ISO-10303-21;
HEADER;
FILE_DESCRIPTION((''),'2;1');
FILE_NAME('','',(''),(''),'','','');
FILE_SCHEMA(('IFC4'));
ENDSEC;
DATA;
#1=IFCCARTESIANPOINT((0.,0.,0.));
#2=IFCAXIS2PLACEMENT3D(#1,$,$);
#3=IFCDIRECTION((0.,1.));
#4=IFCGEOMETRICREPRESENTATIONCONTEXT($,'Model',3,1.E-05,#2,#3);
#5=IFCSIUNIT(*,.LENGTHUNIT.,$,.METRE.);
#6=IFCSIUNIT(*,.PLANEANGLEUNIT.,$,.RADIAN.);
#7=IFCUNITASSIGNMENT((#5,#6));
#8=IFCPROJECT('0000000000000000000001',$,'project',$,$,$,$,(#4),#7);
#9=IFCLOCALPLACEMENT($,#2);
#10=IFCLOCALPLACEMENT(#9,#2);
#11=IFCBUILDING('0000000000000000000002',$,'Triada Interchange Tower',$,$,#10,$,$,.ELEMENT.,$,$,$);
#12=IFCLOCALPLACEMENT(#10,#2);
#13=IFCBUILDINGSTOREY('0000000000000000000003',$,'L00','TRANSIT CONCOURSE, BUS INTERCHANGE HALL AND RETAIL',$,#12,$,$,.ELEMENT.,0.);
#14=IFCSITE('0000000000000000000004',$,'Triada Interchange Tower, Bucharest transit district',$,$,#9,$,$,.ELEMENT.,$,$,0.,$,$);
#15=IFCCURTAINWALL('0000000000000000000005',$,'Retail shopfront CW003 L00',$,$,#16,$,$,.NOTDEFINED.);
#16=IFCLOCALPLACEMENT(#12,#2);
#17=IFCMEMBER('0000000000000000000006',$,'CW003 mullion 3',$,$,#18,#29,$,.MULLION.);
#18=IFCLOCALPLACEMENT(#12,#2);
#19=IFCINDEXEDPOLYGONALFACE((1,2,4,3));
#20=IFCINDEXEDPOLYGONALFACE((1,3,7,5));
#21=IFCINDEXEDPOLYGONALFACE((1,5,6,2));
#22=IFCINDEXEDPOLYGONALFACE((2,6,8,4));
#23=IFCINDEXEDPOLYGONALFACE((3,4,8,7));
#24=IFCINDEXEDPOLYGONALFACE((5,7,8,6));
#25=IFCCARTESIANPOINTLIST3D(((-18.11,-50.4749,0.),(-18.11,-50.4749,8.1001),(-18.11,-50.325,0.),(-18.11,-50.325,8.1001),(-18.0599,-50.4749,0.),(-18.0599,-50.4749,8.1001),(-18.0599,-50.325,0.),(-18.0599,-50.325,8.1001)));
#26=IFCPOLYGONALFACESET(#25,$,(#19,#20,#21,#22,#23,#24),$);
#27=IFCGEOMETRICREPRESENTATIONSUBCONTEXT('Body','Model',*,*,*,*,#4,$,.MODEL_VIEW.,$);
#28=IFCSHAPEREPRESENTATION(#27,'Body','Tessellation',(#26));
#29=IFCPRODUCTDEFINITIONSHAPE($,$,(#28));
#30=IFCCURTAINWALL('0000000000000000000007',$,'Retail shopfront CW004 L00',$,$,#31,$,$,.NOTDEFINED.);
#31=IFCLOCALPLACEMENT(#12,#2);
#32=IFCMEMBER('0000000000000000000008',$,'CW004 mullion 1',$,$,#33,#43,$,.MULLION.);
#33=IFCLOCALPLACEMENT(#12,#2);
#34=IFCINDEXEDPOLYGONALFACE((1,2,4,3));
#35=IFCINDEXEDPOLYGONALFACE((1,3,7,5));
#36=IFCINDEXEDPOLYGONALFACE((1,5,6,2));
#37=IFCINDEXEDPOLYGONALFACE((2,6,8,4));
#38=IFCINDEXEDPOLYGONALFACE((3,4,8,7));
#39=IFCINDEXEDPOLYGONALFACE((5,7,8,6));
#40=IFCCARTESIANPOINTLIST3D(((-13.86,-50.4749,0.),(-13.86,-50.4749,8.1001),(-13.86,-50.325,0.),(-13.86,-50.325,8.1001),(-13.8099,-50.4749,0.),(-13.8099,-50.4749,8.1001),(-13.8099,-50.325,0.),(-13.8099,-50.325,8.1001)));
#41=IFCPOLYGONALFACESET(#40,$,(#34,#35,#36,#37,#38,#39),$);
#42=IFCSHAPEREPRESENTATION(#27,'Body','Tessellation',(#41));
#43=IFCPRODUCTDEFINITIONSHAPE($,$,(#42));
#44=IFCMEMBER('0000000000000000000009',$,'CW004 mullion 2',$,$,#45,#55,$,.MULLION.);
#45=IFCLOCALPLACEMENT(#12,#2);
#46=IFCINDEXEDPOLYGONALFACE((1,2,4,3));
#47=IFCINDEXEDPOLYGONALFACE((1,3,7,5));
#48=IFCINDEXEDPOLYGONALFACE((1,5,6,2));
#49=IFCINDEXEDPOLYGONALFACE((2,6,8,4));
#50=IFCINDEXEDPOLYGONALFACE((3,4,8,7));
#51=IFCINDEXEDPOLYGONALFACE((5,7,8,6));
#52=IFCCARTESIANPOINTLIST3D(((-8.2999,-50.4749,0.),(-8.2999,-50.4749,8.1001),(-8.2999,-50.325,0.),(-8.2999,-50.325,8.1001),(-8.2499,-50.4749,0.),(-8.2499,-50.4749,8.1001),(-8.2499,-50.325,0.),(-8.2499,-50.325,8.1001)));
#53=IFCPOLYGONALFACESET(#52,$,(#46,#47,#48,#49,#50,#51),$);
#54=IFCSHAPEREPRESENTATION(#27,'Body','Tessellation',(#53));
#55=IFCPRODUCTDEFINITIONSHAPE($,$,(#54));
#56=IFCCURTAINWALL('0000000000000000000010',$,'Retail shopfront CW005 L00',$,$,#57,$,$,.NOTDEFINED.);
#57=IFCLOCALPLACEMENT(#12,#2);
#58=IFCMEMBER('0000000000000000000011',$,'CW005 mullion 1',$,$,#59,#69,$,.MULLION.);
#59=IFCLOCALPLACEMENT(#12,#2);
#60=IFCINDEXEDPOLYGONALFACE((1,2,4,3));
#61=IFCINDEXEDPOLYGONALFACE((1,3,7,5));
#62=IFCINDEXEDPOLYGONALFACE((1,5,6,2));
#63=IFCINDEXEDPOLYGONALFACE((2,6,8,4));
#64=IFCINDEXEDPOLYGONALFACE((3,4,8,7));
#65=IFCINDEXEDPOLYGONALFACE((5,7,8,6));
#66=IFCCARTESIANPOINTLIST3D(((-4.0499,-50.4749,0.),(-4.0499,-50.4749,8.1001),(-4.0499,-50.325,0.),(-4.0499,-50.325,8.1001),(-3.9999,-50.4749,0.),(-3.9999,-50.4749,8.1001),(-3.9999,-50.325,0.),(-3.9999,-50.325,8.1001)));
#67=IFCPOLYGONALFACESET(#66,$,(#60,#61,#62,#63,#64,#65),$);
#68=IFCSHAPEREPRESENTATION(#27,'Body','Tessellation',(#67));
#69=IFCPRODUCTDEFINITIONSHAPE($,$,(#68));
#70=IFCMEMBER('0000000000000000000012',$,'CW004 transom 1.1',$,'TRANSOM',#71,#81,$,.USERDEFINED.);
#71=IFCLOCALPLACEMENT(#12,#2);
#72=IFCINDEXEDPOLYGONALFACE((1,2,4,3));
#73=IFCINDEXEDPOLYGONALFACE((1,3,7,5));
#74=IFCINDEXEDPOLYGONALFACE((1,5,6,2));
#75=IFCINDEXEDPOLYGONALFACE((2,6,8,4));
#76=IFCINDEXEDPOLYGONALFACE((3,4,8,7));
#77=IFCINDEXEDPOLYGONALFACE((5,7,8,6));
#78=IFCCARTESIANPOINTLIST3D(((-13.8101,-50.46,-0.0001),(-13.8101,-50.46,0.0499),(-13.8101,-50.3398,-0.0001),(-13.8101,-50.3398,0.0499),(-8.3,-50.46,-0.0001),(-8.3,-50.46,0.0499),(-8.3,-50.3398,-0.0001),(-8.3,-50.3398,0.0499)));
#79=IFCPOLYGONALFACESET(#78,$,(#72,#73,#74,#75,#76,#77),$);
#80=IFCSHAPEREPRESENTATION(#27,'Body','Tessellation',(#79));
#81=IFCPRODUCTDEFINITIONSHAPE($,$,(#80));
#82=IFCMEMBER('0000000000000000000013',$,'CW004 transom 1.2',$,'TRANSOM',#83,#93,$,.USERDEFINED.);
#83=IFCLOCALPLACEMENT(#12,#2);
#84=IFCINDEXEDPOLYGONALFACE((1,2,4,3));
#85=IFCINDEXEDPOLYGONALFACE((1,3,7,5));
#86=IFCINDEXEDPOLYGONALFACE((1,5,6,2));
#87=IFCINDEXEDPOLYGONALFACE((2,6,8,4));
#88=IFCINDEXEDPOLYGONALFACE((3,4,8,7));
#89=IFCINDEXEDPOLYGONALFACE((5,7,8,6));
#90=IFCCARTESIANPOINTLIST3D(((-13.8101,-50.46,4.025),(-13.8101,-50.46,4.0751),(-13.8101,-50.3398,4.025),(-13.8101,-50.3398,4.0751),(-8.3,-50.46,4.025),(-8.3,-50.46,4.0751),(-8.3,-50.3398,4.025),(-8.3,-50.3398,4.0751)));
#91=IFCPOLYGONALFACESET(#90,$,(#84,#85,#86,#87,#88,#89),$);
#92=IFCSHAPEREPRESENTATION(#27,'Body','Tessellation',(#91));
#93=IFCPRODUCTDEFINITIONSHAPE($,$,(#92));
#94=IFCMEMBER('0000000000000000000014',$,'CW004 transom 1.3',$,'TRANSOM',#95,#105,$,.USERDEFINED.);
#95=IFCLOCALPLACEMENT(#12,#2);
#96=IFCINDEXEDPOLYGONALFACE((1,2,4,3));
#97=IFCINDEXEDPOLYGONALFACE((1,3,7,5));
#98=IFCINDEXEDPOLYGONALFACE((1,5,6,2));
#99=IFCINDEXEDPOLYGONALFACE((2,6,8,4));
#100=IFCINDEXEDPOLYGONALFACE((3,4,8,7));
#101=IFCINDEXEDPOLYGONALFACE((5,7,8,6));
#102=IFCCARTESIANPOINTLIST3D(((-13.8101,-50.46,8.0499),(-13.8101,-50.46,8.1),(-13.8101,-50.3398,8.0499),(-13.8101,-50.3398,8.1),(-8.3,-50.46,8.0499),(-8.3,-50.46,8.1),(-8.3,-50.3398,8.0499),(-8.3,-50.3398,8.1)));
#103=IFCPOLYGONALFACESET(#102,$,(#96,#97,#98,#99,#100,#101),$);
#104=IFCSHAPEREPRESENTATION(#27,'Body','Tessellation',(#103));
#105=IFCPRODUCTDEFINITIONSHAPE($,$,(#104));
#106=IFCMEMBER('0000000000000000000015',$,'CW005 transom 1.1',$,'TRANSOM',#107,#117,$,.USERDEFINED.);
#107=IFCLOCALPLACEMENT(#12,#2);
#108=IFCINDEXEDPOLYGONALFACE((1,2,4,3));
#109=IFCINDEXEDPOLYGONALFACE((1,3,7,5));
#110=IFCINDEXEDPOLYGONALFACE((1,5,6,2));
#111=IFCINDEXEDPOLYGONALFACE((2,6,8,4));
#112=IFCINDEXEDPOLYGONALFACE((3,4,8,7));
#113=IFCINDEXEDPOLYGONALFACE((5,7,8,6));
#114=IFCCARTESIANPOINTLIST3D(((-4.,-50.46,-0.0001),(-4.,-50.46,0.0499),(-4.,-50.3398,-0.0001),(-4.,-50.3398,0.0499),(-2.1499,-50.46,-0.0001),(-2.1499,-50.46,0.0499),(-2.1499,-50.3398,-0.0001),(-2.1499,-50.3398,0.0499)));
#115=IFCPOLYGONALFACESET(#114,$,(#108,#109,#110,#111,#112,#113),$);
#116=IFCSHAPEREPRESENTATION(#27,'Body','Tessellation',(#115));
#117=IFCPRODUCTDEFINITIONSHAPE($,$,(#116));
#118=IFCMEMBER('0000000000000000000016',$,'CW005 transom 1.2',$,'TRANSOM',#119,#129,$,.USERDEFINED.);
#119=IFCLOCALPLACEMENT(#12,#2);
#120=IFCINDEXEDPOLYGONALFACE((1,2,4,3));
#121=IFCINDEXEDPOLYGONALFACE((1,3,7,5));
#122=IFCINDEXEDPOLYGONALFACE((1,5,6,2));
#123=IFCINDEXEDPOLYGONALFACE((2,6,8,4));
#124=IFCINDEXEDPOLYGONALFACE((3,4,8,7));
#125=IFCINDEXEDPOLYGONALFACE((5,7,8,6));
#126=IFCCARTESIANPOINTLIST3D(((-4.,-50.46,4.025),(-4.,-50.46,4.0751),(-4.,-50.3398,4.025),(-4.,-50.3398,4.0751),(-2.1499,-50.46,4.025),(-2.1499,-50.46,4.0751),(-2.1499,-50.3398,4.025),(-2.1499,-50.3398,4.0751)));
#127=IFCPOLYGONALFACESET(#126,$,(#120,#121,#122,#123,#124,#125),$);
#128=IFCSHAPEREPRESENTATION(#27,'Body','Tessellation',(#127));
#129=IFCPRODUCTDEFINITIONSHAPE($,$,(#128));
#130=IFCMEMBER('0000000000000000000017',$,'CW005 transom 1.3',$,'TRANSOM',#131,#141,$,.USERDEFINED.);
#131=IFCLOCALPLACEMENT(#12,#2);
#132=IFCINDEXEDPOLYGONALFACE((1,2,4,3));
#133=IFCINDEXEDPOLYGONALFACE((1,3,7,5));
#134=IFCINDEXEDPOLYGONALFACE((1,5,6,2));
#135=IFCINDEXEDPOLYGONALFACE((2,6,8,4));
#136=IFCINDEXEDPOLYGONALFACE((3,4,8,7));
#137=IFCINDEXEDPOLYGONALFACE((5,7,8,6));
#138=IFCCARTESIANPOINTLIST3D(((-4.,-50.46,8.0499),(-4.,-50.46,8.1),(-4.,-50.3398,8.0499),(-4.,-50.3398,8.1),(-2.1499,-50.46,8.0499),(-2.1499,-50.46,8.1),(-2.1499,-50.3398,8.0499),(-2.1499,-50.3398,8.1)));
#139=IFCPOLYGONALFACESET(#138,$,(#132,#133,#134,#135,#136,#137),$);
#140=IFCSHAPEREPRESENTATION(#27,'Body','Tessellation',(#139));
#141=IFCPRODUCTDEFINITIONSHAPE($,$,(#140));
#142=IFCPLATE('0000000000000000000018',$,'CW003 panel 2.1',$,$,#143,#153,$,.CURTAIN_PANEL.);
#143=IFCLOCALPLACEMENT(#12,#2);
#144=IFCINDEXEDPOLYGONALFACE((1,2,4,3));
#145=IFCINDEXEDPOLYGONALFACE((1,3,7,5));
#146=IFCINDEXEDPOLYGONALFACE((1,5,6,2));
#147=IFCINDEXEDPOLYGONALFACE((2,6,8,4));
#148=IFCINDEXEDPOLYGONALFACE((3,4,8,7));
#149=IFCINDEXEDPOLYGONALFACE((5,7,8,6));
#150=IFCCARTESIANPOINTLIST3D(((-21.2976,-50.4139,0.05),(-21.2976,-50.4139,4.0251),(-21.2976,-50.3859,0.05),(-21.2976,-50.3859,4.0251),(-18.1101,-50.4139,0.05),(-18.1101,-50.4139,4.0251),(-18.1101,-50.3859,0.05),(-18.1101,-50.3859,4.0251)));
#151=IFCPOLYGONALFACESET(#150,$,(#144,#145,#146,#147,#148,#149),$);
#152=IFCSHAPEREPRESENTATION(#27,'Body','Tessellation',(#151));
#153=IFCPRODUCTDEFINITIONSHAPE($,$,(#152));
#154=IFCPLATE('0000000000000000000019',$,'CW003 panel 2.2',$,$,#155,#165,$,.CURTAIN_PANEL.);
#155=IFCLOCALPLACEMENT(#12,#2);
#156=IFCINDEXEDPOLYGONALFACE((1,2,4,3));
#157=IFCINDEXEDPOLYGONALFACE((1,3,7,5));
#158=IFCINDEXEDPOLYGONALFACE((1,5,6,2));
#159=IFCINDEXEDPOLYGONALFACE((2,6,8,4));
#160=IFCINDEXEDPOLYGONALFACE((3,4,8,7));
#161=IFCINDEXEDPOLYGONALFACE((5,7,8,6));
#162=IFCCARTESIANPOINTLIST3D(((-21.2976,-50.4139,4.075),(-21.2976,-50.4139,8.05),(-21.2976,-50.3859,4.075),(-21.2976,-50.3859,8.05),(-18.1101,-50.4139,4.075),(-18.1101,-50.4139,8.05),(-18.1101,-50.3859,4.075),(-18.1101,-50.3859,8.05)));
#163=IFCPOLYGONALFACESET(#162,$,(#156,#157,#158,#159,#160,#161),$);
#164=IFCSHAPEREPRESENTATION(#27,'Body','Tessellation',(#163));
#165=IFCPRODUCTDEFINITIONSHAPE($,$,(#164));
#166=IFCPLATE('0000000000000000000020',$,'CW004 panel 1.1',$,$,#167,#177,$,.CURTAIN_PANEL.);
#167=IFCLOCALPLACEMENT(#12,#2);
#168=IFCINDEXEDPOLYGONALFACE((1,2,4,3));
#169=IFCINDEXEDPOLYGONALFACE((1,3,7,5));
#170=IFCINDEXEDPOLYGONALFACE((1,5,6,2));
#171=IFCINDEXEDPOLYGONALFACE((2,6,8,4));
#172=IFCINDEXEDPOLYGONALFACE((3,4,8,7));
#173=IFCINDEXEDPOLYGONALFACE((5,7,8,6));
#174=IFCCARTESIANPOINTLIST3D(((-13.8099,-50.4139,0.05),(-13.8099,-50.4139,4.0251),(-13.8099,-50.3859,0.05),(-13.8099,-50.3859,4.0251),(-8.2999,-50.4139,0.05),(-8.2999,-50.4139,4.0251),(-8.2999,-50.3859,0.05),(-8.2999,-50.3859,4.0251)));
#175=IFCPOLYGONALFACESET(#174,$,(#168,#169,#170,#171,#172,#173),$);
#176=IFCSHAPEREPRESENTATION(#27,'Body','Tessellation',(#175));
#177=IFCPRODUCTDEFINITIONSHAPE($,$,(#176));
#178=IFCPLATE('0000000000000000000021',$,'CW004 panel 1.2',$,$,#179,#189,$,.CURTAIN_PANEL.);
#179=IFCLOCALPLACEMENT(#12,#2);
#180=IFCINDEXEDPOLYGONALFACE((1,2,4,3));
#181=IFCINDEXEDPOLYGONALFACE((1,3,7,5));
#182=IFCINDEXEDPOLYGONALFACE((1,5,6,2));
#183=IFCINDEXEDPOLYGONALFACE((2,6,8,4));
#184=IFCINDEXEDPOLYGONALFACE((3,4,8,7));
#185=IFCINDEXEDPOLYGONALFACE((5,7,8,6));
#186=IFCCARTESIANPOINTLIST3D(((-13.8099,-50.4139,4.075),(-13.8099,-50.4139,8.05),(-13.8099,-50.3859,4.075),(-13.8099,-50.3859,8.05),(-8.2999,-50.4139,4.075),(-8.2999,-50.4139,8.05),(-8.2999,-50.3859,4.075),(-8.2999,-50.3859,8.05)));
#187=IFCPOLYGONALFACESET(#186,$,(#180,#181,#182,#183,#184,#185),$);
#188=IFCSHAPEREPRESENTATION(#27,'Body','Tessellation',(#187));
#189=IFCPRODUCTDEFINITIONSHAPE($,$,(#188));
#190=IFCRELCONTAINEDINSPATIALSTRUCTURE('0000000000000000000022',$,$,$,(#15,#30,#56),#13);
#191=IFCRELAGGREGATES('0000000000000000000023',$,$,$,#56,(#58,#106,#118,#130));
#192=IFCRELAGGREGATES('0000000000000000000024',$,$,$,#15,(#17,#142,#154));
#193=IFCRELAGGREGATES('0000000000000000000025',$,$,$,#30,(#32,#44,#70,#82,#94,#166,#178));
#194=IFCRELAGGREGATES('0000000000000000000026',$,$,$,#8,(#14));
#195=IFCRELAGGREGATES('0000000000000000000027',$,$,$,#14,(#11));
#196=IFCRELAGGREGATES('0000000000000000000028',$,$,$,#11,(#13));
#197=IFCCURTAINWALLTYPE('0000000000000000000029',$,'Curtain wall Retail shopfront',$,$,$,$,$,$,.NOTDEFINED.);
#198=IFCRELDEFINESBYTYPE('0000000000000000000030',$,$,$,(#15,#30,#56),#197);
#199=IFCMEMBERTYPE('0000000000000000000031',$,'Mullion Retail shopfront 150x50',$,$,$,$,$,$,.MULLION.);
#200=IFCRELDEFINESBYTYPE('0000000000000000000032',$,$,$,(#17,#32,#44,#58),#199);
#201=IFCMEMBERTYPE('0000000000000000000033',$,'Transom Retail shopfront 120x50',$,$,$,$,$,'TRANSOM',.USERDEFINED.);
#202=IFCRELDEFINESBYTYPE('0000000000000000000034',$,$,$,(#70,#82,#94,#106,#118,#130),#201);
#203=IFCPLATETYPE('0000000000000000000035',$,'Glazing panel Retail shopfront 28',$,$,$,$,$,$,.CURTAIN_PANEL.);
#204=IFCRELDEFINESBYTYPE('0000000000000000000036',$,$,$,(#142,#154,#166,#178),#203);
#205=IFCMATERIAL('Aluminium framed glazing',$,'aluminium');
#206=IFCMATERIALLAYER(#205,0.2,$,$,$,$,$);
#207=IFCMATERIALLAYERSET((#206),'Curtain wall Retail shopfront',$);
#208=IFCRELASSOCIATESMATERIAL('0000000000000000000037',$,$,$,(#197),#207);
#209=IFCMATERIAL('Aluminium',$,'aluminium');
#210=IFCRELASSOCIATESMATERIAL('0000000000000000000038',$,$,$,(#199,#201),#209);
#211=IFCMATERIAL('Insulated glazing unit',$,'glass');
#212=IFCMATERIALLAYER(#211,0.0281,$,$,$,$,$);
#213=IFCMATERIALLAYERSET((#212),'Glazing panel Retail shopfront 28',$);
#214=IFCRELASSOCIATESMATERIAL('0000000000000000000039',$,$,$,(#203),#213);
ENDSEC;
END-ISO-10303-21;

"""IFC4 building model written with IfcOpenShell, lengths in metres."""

from ifc_helpers import new_model, si_unit, direction, frame, origin, origin_2d, place, context, subcontext, project, spatial, rectangle, extrude, material, layer, layer_set, material_profile, profile_set, type_object, element, aggregate, save


model = new_model("IFC4")

# Units and contexts
model_context = context("Model", 3, precision=1e-05, world=origin(), true_north=direction((0.0, 1.0)))
body_context = subcontext(model_context, "Body", "Model", "MODEL_VIEW")
ifc_project = project(units=[si_unit("LENGTHUNIT", "METRE"), si_unit("PLANEANGLEUNIT", "RADIAN")], contexts=[model_context])

# Site, building, storey
site_placement = place(None, origin())
site = spatial("IfcSite", under=ifc_project, at=site_placement, Name="Triada Interchange Tower, Bucharest transit district", CompositionType="ELEMENT", RefElevation=0.0)
building_placement = place(site_placement, origin())
building = spatial("IfcBuilding", under=site, at=building_placement, Name="Triada Interchange Tower", CompositionType="ELEMENT")
storey_placement = place(building_placement, origin())
storey = spatial("IfcBuildingStorey", under=building, at=storey_placement, Name="L00", Description="TRANSIT CONCOURSE, BUS INTERCHANGE HALL AND RETAIL", CompositionType="ELEMENT", Elevation=0.0)

# Curtain wall, member
ifc_material_1 = material(Name="Aluminium framed glazing", Category="aluminium")
ifc_layer_1 = layer(ifc_material_1, 0.2)
ifc_layer_set_1 = layer_set([ifc_layer_1], Name="Curtain wall Retail shopfront")
curtain_wall_type = type_object("IfcCurtainWallType", Name="Curtain wall Retail shopfront", PredefinedType="NOTDEFINED", material=ifc_layer_set_1)
curtain_wall_1_placement = place(storey_placement, origin())
curtain_wall_1 = element("IfcCurtainWall", 1, at=curtain_wall_1_placement, inside=storey, type_object=curtain_wall_type, Name="Retail shopfront CW003 L00", PredefinedType="NOTDEFINED")
ifc_material_2 = material(Name="Aluminium", Category="aluminium")
ifc_material_profile_1 = material_profile(ifc_material_2, rectangle(XDim=0.1499, YDim=0.05, at=origin_2d()), Name="Aluminium mullion")
ifc_profile_set_1 = profile_set([ifc_material_profile_1], Name="Aluminium")
member_type_1 = type_object("IfcMemberType", Name="Mullion Retail shopfront 150x50", PredefinedType="MULLION", material=ifc_profile_set_1)
member_1_placement = place(storey_placement, frame((-18.085, -50.3999, 0.0), z_axis=(0.0, 0.0, 1.0), x_axis=(0.0, 1.0, 0.0)))
member_1 = element("IfcMember", 2, at=member_1_placement, type_object=member_type_1, Name="CW003 mullion 3", PredefinedType="MULLION", context=body_context, shape_type="SweptSolid", body=[
    extrude(rectangle(XDim=0.1499, YDim=0.05, at=origin_2d()), origin(), (0.0, 0.0, 1.0), 8.1001),
])

# Curtain wall, members
curtain_wall_2_placement = place(storey_placement, origin())
curtain_wall_2 = element("IfcCurtainWall", 3, at=curtain_wall_2_placement, inside=storey, type_object=curtain_wall_type, Name="Retail shopfront CW004 L00", PredefinedType="NOTDEFINED")
member_2_placement = place(storey_placement, frame((-13.835, -50.3999, 0.0), z_axis=(0.0, 0.0, 1.0), x_axis=(0.0, 1.0, 0.0)))
member_2 = element("IfcMember", 4, at=member_2_placement, type_object=member_type_1, Name="CW004 mullion 1", PredefinedType="MULLION", context=body_context, shape_type="SweptSolid", body=[
    extrude(rectangle(XDim=0.1499, YDim=0.05, at=origin_2d()), origin(), (0.0, 0.0, 1.0), 8.1001),
])
member_3_placement = place(storey_placement, frame((-8.2749, -50.3999, 0.0), z_axis=(0.0, 0.0, 1.0), x_axis=(0.0, 1.0, 0.0)))
member_3 = element("IfcMember", 5, at=member_3_placement, type_object=member_type_1, Name="CW004 mullion 2", PredefinedType="MULLION", context=body_context, shape_type="SweptSolid", body=[
    extrude(rectangle(XDim=0.1499, YDim=0.05, at=origin_2d()), origin(), (0.0, 0.0, 1.0), 8.1001),
])

# Curtain wall, member
curtain_wall_3_placement = place(storey_placement, origin())
curtain_wall_3 = element("IfcCurtainWall", 6, at=curtain_wall_3_placement, inside=storey, type_object=curtain_wall_type, Name="Retail shopfront CW005 L00", PredefinedType="NOTDEFINED")
member_4_placement = place(storey_placement, frame((-4.0249, -50.3999, 0.0), z_axis=(0.0, 0.0, 1.0), x_axis=(0.0, 1.0, 0.0)))
member_4 = element("IfcMember", 7, at=member_4_placement, type_object=member_type_1, Name="CW005 mullion 1", PredefinedType="MULLION", context=body_context, shape_type="SweptSolid", body=[
    extrude(rectangle(XDim=0.1499, YDim=0.05, at=origin_2d()), origin(), (0.0, 0.0, 1.0), 8.1001),
])

# Members
ifc_material_profile_2 = material_profile(ifc_material_2, rectangle(XDim=0.1201, YDim=0.05, at=origin_2d()), Name="Aluminium transom")
ifc_profile_set_2 = profile_set([ifc_material_profile_2], Name="Aluminium")
member_type_2 = type_object("IfcMemberType", Name="Transom Retail shopfront 120x50", ElementType="TRANSOM", PredefinedType="USERDEFINED", material=ifc_profile_set_2)
member_5_placement = place(storey_placement, frame((-13.8101, -50.3999, 0.0249), z_axis=(1.0, 0.0, 0.0), x_axis=(0.0, 1.0, 0.0)))
member_5 = element("IfcMember", 8, at=member_5_placement, type_object=member_type_2, Name="CW004 transom 1.1", ObjectType="TRANSOM", PredefinedType="USERDEFINED", context=body_context, shape_type="SweptSolid", body=[
    extrude(rectangle(XDim=0.1201, YDim=0.05, at=origin_2d()), origin(), (0.0, 0.0, 1.0), 5.51),
])
member_6_placement = place(storey_placement, frame((-13.8101, -50.3999, 4.05), z_axis=(1.0, 0.0, 0.0), x_axis=(0.0, 1.0, 0.0)))
member_6 = element("IfcMember", 9, at=member_6_placement, type_object=member_type_2, Name="CW004 transom 1.2", ObjectType="TRANSOM", PredefinedType="USERDEFINED", context=body_context, shape_type="SweptSolid", body=[
    extrude(rectangle(XDim=0.1201, YDim=0.05, at=origin_2d()), origin(), (0.0, 0.0, 1.0), 5.51),
])
member_7_placement = place(storey_placement, frame((-13.8101, -50.3999, 8.075), z_axis=(1.0, 0.0, 0.0), x_axis=(0.0, 1.0, 0.0)))
member_7 = element("IfcMember", 10, at=member_7_placement, type_object=member_type_2, Name="CW004 transom 1.3", ObjectType="TRANSOM", PredefinedType="USERDEFINED", context=body_context, shape_type="SweptSolid", body=[
    extrude(rectangle(XDim=0.1201, YDim=0.05, at=origin_2d()), origin(), (0.0, 0.0, 1.0), 5.51),
])
member_8_placement = place(storey_placement, frame((-4.0, -50.3999, 0.0249), z_axis=(1.0, 0.0, 0.0), x_axis=(0.0, 1.0, 0.0)))
member_8 = element("IfcMember", 11, at=member_8_placement, type_object=member_type_2, Name="CW005 transom 1.1", ObjectType="TRANSOM", PredefinedType="USERDEFINED", context=body_context, shape_type="SweptSolid", body=[
    extrude(rectangle(XDim=0.1201, YDim=0.05, at=origin_2d()), origin(), (0.0, 0.0, 1.0), 1.8501),
])
member_9_placement = place(storey_placement, frame((-4.0, -50.3999, 4.05), z_axis=(1.0, 0.0, 0.0), x_axis=(0.0, 1.0, 0.0)))
member_9 = element("IfcMember", 12, at=member_9_placement, type_object=member_type_2, Name="CW005 transom 1.2", ObjectType="TRANSOM", PredefinedType="USERDEFINED", context=body_context, shape_type="SweptSolid", body=[
    extrude(rectangle(XDim=0.1201, YDim=0.05, at=origin_2d()), origin(), (0.0, 0.0, 1.0), 1.8501),
])
member_10_placement = place(storey_placement, frame((-4.0, -50.3999, 8.075), z_axis=(1.0, 0.0, 0.0), x_axis=(0.0, 1.0, 0.0)))
member_10 = element("IfcMember", 13, at=member_10_placement, type_object=member_type_2, Name="CW005 transom 1.3", ObjectType="TRANSOM", PredefinedType="USERDEFINED", context=body_context, shape_type="SweptSolid", body=[
    extrude(rectangle(XDim=0.1201, YDim=0.05, at=origin_2d()), origin(), (0.0, 0.0, 1.0), 1.8501),
])
aggregate(curtain_wall_3, [member_4, member_8, member_9, member_10])

# Plates
ifc_material_3 = material(Name="Insulated glazing unit", Category="glass")
ifc_layer_2 = layer(ifc_material_3, 0.0281)
ifc_layer_set_2 = layer_set([ifc_layer_2], Name="Glazing panel Retail shopfront 28")
plate_type = type_object("IfcPlateType", Name="Glazing panel Retail shopfront 28", PredefinedType="CURTAIN_PANEL", material=ifc_layer_set_2)
plate_1_placement = place(storey_placement, frame((-19.7039, -50.3999, 0.05), z_axis=(0.0, 0.0, 1.0), x_axis=(1.0, 0.0, 0.0)))
plate_1 = element("IfcPlate", 14, at=plate_1_placement, type_object=plate_type, Name="CW003 panel 2.1", PredefinedType="CURTAIN_PANEL", context=body_context, shape_type="SweptSolid", body=[
    extrude(rectangle(XDim=3.1875, YDim=0.0281, at=origin_2d()), origin(), (0.0, 0.0, 1.0), 3.9751),
])
plate_2_placement = place(storey_placement, frame((-19.7039, -50.3999, 4.075), z_axis=(0.0, 0.0, 1.0), x_axis=(1.0, 0.0, 0.0)))
plate_2 = element("IfcPlate", 15, at=plate_2_placement, type_object=plate_type, Name="CW003 panel 2.2", PredefinedType="CURTAIN_PANEL", context=body_context, shape_type="SweptSolid", body=[
    extrude(rectangle(XDim=3.1875, YDim=0.0281, at=origin_2d()), origin(), (0.0, 0.0, 1.0), 3.9751),
])
aggregate(curtain_wall_1, [member_1, plate_1, plate_2])
plate_3_placement = place(storey_placement, frame((-11.0549, -50.3999, 0.05), z_axis=(0.0, 0.0, 1.0), x_axis=(1.0, 0.0, 0.0)))
plate_3 = element("IfcPlate", 16, at=plate_3_placement, type_object=plate_type, Name="CW004 panel 1.1", PredefinedType="CURTAIN_PANEL", context=body_context, shape_type="SweptSolid", body=[
    extrude(rectangle(XDim=5.51, YDim=0.0281, at=origin_2d()), origin(), (0.0, 0.0, 1.0), 3.9751),
])
plate_4_placement = place(storey_placement, frame((-11.0549, -50.3999, 4.075), z_axis=(0.0, 0.0, 1.0), x_axis=(1.0, 0.0, 0.0)))
plate_4 = element("IfcPlate", 17, at=plate_4_placement, type_object=plate_type, Name="CW004 panel 1.2", PredefinedType="CURTAIN_PANEL", context=body_context, shape_type="SweptSolid", body=[
    extrude(rectangle(XDim=5.51, YDim=0.0281, at=origin_2d()), origin(), (0.0, 0.0, 1.0), 3.9751),
])
aggregate(curtain_wall_2, [member_2, member_3, member_5, member_6, member_7, plate_3, plate_4])

save(model, "model.ifc")
